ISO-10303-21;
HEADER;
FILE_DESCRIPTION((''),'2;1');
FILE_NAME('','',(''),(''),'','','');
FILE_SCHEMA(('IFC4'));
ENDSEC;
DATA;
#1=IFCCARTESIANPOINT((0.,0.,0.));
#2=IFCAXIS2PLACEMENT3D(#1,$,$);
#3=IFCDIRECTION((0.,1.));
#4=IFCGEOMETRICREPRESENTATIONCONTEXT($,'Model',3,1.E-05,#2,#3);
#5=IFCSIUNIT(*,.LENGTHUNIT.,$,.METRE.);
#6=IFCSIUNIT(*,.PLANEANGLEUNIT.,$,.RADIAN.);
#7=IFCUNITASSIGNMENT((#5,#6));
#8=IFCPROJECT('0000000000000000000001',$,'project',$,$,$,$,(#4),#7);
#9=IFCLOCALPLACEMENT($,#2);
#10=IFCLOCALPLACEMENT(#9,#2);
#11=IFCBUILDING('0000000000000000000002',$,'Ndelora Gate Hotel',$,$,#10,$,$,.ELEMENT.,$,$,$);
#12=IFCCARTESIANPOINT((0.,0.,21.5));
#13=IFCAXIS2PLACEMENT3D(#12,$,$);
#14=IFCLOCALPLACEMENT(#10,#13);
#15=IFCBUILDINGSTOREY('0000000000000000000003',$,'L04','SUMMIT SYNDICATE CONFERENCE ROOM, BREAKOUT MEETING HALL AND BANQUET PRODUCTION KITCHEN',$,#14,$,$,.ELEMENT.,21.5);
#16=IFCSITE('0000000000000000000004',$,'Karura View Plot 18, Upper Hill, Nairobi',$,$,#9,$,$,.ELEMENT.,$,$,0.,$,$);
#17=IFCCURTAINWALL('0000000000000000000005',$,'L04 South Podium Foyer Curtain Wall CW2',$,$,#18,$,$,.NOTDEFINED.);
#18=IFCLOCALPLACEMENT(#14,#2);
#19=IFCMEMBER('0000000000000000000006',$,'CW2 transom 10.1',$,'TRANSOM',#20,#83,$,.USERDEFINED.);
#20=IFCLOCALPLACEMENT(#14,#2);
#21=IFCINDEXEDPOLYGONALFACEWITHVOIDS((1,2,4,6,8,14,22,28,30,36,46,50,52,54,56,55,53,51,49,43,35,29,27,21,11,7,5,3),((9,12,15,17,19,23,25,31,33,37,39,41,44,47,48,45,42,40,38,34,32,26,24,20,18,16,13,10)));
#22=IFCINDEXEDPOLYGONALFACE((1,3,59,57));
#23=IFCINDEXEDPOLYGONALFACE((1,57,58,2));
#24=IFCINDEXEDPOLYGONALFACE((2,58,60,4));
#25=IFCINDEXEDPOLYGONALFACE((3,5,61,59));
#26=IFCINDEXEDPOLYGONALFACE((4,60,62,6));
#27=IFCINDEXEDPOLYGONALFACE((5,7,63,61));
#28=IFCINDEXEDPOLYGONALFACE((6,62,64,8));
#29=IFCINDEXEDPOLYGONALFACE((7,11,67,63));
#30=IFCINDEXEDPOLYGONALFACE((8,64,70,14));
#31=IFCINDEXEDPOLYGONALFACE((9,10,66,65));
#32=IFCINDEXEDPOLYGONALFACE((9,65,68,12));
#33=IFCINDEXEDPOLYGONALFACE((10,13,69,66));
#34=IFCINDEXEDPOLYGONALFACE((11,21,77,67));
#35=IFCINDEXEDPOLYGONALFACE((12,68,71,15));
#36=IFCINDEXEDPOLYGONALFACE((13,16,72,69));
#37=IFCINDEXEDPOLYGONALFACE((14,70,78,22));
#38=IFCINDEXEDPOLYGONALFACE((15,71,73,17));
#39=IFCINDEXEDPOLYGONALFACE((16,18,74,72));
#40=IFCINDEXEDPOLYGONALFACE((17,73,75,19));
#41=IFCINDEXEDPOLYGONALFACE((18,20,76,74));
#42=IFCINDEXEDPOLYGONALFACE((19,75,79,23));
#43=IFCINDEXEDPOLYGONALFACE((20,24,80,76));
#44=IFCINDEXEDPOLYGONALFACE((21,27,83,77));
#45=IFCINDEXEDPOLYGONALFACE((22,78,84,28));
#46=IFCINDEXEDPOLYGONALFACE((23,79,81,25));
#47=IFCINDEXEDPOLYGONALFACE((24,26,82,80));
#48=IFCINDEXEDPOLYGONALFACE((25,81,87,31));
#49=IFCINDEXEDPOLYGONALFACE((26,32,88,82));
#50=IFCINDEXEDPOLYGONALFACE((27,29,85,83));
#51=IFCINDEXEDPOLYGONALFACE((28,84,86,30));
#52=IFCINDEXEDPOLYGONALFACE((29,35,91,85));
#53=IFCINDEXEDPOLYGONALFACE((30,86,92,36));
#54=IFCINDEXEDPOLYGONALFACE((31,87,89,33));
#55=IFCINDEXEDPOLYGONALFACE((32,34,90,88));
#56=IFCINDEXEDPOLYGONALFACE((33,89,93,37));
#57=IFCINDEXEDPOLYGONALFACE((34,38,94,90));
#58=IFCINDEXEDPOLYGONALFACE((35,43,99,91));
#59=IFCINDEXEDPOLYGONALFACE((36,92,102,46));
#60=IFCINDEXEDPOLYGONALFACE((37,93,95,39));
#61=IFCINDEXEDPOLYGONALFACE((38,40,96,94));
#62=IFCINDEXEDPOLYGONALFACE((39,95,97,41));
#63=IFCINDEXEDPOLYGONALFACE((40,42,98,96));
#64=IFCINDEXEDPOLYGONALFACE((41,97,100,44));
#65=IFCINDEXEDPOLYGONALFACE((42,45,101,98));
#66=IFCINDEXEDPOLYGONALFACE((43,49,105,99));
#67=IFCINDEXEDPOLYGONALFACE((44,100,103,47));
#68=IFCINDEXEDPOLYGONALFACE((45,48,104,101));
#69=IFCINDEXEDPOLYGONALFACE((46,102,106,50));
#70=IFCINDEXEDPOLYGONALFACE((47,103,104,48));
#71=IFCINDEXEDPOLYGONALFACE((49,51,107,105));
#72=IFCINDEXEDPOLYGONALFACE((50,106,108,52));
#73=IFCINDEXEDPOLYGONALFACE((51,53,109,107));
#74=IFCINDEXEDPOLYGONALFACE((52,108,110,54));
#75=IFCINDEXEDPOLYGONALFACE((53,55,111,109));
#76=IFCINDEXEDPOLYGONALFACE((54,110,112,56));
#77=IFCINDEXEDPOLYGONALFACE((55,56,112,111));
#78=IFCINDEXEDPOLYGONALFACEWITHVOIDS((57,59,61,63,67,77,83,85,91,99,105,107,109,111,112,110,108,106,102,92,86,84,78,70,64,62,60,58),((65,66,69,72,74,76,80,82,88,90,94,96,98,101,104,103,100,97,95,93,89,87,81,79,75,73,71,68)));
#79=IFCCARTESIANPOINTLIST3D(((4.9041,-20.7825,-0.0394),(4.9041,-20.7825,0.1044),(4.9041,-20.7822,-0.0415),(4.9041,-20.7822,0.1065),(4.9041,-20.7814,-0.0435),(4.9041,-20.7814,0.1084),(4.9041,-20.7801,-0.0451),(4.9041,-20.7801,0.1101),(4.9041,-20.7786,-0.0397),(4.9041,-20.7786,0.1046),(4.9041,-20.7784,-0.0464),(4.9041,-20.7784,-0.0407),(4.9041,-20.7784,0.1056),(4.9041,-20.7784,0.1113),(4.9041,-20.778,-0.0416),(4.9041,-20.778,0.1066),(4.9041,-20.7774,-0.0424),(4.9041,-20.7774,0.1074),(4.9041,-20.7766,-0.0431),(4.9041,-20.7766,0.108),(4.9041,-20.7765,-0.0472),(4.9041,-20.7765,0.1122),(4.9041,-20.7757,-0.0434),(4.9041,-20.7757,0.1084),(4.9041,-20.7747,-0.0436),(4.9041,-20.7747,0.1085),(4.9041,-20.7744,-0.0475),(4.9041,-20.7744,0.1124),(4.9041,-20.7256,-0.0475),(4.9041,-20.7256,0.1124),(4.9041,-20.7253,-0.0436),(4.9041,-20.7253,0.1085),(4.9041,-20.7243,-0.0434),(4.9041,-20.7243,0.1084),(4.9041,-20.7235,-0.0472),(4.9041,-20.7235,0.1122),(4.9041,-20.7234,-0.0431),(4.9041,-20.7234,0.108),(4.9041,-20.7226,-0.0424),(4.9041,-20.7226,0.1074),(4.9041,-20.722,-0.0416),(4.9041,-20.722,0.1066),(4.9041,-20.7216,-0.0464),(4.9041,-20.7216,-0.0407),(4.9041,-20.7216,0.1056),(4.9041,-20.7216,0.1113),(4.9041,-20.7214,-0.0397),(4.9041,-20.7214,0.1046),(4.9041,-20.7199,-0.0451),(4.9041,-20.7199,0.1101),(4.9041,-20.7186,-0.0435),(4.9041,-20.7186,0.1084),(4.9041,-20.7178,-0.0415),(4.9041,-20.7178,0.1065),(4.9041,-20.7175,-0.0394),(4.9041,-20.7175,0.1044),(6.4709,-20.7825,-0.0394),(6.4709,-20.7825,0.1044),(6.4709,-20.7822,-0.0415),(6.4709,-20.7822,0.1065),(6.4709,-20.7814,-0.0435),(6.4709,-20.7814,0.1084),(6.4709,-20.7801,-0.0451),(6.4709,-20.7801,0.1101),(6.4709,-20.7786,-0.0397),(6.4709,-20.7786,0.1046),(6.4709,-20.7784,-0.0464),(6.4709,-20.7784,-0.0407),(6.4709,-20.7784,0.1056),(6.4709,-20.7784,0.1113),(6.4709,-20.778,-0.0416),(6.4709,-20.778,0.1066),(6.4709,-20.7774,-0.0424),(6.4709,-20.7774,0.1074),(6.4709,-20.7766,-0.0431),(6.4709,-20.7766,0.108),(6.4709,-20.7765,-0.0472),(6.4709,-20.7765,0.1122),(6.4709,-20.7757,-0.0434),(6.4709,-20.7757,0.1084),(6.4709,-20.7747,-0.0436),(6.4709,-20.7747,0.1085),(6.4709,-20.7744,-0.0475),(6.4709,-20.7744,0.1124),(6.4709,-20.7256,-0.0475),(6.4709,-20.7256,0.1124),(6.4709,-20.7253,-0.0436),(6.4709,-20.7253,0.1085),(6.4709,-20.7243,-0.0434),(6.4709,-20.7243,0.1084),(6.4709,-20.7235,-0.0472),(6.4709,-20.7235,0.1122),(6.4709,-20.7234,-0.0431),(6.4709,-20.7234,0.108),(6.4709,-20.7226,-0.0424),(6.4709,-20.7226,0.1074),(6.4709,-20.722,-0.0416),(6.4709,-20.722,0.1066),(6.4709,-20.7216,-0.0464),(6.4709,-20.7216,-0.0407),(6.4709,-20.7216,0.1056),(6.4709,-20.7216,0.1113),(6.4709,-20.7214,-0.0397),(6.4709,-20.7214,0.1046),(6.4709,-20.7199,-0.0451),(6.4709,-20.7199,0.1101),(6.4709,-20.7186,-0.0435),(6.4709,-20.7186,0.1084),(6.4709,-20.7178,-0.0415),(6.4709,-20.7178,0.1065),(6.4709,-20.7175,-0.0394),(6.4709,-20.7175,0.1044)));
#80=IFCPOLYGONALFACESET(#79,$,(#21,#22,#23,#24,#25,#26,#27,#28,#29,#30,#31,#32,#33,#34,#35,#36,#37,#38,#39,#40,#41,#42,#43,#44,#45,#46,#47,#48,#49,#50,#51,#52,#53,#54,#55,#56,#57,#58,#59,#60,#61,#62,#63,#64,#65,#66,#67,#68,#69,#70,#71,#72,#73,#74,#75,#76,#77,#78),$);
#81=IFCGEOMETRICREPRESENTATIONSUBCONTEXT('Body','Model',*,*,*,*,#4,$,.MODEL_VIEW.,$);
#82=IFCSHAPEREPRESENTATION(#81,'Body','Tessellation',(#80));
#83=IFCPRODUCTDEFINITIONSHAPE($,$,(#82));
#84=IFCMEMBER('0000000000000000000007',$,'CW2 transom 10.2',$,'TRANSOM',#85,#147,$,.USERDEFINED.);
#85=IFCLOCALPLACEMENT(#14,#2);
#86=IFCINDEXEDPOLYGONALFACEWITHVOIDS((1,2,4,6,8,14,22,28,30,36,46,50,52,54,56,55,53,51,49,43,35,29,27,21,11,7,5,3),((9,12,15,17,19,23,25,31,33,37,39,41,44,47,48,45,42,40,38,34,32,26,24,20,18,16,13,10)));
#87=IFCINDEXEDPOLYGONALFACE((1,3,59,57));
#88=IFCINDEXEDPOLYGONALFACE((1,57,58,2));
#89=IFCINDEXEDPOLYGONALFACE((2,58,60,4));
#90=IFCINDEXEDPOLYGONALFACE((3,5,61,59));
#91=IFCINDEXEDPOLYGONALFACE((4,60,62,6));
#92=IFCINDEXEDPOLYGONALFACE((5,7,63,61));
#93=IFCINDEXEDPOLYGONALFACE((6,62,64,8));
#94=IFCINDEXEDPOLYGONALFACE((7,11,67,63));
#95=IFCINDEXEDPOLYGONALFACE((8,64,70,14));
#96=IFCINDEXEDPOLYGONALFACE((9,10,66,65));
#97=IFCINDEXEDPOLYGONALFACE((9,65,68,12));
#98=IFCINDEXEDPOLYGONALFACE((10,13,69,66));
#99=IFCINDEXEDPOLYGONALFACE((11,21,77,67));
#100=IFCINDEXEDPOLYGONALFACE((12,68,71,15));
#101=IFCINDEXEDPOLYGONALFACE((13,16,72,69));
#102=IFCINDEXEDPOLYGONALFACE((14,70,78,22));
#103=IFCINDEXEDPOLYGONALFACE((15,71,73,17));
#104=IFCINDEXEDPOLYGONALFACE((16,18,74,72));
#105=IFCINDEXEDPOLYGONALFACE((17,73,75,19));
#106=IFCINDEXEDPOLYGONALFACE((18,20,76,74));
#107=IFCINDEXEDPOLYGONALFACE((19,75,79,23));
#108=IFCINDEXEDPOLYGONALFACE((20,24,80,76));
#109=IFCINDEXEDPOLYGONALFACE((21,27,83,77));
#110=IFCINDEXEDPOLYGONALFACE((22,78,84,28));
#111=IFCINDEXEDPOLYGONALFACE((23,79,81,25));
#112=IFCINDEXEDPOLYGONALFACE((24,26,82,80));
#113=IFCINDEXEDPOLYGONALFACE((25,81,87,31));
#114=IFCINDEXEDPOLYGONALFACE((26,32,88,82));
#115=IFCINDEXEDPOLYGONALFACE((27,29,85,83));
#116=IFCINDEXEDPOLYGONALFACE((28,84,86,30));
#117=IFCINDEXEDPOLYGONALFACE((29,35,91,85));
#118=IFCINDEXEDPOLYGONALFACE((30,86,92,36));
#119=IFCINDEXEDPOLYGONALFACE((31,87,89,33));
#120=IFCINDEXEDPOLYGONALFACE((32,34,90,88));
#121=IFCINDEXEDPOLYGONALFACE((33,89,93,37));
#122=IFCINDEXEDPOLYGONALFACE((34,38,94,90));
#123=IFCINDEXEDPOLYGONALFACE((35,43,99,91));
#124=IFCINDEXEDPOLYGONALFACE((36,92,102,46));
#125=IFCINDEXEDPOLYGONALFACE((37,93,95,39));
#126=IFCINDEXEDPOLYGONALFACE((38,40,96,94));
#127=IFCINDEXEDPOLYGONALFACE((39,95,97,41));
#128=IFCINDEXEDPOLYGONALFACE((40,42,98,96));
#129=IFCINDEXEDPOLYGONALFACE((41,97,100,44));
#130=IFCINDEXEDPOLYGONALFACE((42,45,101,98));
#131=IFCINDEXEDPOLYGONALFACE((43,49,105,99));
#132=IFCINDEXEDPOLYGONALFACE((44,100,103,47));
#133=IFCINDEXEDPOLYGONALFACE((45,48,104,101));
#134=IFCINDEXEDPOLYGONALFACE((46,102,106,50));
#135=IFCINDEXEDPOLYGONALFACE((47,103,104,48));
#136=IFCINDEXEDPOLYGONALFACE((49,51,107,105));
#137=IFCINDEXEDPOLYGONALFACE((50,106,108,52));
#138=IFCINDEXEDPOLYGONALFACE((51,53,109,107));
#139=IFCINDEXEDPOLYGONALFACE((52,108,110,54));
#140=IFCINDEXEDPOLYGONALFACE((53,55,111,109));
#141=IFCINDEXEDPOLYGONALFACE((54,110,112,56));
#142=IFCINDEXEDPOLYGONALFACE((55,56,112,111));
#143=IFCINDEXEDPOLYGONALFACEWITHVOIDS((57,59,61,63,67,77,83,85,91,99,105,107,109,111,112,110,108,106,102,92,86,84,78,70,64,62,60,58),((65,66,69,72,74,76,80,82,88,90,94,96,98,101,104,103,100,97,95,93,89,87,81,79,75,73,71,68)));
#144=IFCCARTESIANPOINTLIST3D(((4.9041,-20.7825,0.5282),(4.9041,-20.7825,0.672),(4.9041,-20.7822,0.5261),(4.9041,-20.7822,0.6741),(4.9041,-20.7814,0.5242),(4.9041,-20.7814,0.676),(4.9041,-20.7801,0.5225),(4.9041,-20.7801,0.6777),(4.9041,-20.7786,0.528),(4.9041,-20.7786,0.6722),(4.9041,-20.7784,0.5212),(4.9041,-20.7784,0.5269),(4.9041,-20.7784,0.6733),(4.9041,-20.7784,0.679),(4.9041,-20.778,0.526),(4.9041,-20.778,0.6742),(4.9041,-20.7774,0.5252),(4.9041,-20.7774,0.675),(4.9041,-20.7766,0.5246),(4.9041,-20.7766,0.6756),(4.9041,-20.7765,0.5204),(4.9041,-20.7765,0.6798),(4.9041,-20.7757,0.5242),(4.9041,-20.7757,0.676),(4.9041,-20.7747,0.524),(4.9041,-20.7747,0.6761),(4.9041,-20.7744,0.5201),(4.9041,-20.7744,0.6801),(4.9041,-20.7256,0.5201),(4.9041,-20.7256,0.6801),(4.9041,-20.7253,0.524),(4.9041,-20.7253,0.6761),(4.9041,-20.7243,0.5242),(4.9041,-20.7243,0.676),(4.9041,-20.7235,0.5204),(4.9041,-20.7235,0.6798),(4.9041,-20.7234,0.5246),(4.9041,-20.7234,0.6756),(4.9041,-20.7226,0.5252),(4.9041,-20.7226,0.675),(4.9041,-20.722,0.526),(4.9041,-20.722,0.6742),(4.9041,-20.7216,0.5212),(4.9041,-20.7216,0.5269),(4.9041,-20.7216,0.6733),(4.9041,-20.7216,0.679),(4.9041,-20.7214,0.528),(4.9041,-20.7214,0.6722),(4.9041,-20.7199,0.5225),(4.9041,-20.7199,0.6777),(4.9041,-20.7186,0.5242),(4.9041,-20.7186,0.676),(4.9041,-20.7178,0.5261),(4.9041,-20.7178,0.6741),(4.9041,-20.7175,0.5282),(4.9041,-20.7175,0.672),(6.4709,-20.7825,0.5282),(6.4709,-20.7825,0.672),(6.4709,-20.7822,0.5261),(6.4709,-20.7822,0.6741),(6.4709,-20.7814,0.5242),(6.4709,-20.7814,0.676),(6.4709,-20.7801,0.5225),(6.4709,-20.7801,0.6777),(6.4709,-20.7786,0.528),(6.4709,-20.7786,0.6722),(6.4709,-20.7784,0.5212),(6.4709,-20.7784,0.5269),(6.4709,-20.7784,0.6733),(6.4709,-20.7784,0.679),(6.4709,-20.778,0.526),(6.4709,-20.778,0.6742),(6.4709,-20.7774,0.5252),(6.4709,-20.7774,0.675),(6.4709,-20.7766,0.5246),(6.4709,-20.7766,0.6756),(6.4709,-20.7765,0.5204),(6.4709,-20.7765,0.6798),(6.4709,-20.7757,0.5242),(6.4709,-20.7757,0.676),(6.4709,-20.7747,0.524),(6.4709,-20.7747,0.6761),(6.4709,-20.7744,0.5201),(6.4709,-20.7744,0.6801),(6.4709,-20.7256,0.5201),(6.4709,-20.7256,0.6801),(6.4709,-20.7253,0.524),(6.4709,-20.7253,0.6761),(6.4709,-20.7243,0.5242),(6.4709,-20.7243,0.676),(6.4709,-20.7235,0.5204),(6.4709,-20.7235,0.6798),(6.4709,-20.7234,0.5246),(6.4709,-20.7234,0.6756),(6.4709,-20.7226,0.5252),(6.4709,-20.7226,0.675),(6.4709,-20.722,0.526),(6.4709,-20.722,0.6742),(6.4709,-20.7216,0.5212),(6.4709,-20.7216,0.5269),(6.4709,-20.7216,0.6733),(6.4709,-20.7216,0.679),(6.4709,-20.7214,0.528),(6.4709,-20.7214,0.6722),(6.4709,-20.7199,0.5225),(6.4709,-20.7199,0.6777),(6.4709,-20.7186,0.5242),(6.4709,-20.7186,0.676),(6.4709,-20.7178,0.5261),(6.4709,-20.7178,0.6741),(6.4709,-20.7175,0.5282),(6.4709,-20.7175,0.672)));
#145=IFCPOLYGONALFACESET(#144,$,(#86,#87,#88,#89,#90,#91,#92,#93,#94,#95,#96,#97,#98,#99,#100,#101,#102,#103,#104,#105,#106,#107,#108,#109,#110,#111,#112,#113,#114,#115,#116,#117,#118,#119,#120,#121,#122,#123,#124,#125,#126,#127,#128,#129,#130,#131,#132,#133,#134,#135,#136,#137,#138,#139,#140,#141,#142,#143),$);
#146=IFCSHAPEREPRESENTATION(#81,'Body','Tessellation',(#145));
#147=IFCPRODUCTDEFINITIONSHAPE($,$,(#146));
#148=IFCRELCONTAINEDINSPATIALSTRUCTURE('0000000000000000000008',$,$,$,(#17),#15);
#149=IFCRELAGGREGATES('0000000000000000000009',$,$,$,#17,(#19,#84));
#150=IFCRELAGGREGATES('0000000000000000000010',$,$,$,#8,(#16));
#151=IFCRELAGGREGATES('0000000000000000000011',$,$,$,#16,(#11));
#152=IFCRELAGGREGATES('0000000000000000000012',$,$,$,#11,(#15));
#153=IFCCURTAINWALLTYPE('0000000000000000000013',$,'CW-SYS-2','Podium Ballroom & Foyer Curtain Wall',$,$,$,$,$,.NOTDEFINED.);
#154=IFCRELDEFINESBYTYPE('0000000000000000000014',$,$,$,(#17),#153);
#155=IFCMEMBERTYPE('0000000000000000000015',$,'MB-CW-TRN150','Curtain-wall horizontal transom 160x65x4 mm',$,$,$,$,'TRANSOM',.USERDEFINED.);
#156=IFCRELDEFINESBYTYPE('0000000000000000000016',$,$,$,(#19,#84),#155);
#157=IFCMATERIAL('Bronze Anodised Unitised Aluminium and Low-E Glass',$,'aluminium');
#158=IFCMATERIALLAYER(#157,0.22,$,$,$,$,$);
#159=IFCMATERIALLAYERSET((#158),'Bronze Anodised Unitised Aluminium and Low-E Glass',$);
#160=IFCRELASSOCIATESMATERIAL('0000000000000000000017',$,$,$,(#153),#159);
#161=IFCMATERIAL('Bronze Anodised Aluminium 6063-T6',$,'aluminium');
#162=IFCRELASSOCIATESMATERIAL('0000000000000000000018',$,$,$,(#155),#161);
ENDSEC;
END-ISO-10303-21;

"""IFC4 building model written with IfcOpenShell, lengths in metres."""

from ifc_helpers import new_model, si_unit, direction, frame, origin, origin_2d, place, context, subcontext, project, spatial, hollow_rectangle, extrude, material, layer, layer_set, material_profile, profile_set, type_object, element, aggregate, save


model = new_model("IFC4")

# Units and contexts
model_context = context("Model", 3, precision=1e-05, world=origin(), true_north=direction((0.0, 1.0)))
body_context = subcontext(model_context, "Body", "Model", "MODEL_VIEW")
ifc_project = project(units=[si_unit("LENGTHUNIT", "METRE"), si_unit("PLANEANGLEUNIT", "RADIAN")], contexts=[model_context])

# Site, building, storey
site_placement = place(None, origin())
site = spatial("IfcSite", under=ifc_project, at=site_placement, Name="Karura View Plot 18, Upper Hill, Nairobi", CompositionType="ELEMENT", RefElevation=0.0)
building_placement = place(site_placement, origin())
building = spatial("IfcBuilding", under=site, at=building_placement, Name="Ndelora Gate Hotel", CompositionType="ELEMENT")
storey_placement = place(building_placement, frame((0.0, 0.0, 21.5)))
storey = spatial("IfcBuildingStorey", under=building, at=storey_placement, Name="L04", Description="SUMMIT SYNDICATE CONFERENCE ROOM, BREAKOUT MEETING HALL AND BANQUET PRODUCTION KITCHEN", CompositionType="ELEMENT", Elevation=21.5)

# Curtain wall, members
ifc_material_1 = material(Name="Bronze Anodised Unitised Aluminium and Low-E Glass", Category="aluminium")
ifc_layer_1 = layer(ifc_material_1, 0.22)
ifc_layer_set_1 = layer_set([ifc_layer_1], Name="Bronze Anodised Unitised Aluminium and Low-E Glass")
curtain_wall_type = type_object("IfcCurtainWallType", Name="CW-SYS-2", Description="Podium Ballroom & Foyer Curtain Wall", PredefinedType="NOTDEFINED", material=ifc_layer_set_1)
curtain_wall_placement = place(storey_placement, origin())
curtain_wall = element("IfcCurtainWall", 1, at=curtain_wall_placement, inside=storey, type_object=curtain_wall_type, Name="L04 South Podium Foyer Curtain Wall CW2", PredefinedType="NOTDEFINED")
ifc_material_2 = material(Name="Bronze Anodised Aluminium 6063-T6", Category="aluminium")
ifc_material_profile_1 = material_profile(ifc_material_2, hollow_rectangle(XDim=0.0649, YDim=0.1599, WallThickness=0.0039, InnerFilletRadius=0.0039, OuterFilletRadius=0.0081, at=origin_2d()), Name="ALU 160x65x4")
ifc_profile_set_1 = profile_set([ifc_material_profile_1], Name="Bronze Anodised Aluminium 6063-T6")
member_type_1 = type_object("IfcMemberType", Name="MB-CW-TRN150", Description="Curtain-wall horizontal transom 160x65x4 mm", ElementType="TRANSOM", PredefinedType="USERDEFINED", material=ifc_profile_set_1)
member_1_placement = place(storey_placement, frame((4.9041, -20.75, 0.0325), z_axis=(1.0, 0.0, 0.0), x_axis=(0.0, 1.0, 0.0)))
member_1 = element("IfcMember", 2, at=member_1_placement, type_object=member_type_1, Name="CW2 transom 10.1", ObjectType="TRANSOM", PredefinedType="USERDEFINED", context=body_context, shape_type="SweptSolid", body=[
    extrude(hollow_rectangle(XDim=0.0649, YDim=0.1599, WallThickness=0.0039, InnerFilletRadius=0.0039, OuterFilletRadius=0.0081, at=origin_2d()), origin(), (0.0, 0.0, 1.0), 1.5669),
])
member_2_placement = place(storey_placement, frame((4.9041, -20.75, 0.6001), z_axis=(1.0, 0.0, 0.0), x_axis=(0.0, 1.0, 0.0)))
member_2 = element("IfcMember", 3, at=member_2_placement, type_object=member_type_1, Name="CW2 transom 10.2", ObjectType="TRANSOM", PredefinedType="USERDEFINED", context=body_context, shape_type="SweptSolid", body=[
    extrude(hollow_rectangle(XDim=0.0649, YDim=0.1599, WallThickness=0.0039, InnerFilletRadius=0.0039, OuterFilletRadius=0.0081, at=origin_2d()), origin(), (0.0, 0.0, 1.0), 1.5669),
])
aggregate(curtain_wall, [member_1, member_2])

save(model, "model.ifc")
